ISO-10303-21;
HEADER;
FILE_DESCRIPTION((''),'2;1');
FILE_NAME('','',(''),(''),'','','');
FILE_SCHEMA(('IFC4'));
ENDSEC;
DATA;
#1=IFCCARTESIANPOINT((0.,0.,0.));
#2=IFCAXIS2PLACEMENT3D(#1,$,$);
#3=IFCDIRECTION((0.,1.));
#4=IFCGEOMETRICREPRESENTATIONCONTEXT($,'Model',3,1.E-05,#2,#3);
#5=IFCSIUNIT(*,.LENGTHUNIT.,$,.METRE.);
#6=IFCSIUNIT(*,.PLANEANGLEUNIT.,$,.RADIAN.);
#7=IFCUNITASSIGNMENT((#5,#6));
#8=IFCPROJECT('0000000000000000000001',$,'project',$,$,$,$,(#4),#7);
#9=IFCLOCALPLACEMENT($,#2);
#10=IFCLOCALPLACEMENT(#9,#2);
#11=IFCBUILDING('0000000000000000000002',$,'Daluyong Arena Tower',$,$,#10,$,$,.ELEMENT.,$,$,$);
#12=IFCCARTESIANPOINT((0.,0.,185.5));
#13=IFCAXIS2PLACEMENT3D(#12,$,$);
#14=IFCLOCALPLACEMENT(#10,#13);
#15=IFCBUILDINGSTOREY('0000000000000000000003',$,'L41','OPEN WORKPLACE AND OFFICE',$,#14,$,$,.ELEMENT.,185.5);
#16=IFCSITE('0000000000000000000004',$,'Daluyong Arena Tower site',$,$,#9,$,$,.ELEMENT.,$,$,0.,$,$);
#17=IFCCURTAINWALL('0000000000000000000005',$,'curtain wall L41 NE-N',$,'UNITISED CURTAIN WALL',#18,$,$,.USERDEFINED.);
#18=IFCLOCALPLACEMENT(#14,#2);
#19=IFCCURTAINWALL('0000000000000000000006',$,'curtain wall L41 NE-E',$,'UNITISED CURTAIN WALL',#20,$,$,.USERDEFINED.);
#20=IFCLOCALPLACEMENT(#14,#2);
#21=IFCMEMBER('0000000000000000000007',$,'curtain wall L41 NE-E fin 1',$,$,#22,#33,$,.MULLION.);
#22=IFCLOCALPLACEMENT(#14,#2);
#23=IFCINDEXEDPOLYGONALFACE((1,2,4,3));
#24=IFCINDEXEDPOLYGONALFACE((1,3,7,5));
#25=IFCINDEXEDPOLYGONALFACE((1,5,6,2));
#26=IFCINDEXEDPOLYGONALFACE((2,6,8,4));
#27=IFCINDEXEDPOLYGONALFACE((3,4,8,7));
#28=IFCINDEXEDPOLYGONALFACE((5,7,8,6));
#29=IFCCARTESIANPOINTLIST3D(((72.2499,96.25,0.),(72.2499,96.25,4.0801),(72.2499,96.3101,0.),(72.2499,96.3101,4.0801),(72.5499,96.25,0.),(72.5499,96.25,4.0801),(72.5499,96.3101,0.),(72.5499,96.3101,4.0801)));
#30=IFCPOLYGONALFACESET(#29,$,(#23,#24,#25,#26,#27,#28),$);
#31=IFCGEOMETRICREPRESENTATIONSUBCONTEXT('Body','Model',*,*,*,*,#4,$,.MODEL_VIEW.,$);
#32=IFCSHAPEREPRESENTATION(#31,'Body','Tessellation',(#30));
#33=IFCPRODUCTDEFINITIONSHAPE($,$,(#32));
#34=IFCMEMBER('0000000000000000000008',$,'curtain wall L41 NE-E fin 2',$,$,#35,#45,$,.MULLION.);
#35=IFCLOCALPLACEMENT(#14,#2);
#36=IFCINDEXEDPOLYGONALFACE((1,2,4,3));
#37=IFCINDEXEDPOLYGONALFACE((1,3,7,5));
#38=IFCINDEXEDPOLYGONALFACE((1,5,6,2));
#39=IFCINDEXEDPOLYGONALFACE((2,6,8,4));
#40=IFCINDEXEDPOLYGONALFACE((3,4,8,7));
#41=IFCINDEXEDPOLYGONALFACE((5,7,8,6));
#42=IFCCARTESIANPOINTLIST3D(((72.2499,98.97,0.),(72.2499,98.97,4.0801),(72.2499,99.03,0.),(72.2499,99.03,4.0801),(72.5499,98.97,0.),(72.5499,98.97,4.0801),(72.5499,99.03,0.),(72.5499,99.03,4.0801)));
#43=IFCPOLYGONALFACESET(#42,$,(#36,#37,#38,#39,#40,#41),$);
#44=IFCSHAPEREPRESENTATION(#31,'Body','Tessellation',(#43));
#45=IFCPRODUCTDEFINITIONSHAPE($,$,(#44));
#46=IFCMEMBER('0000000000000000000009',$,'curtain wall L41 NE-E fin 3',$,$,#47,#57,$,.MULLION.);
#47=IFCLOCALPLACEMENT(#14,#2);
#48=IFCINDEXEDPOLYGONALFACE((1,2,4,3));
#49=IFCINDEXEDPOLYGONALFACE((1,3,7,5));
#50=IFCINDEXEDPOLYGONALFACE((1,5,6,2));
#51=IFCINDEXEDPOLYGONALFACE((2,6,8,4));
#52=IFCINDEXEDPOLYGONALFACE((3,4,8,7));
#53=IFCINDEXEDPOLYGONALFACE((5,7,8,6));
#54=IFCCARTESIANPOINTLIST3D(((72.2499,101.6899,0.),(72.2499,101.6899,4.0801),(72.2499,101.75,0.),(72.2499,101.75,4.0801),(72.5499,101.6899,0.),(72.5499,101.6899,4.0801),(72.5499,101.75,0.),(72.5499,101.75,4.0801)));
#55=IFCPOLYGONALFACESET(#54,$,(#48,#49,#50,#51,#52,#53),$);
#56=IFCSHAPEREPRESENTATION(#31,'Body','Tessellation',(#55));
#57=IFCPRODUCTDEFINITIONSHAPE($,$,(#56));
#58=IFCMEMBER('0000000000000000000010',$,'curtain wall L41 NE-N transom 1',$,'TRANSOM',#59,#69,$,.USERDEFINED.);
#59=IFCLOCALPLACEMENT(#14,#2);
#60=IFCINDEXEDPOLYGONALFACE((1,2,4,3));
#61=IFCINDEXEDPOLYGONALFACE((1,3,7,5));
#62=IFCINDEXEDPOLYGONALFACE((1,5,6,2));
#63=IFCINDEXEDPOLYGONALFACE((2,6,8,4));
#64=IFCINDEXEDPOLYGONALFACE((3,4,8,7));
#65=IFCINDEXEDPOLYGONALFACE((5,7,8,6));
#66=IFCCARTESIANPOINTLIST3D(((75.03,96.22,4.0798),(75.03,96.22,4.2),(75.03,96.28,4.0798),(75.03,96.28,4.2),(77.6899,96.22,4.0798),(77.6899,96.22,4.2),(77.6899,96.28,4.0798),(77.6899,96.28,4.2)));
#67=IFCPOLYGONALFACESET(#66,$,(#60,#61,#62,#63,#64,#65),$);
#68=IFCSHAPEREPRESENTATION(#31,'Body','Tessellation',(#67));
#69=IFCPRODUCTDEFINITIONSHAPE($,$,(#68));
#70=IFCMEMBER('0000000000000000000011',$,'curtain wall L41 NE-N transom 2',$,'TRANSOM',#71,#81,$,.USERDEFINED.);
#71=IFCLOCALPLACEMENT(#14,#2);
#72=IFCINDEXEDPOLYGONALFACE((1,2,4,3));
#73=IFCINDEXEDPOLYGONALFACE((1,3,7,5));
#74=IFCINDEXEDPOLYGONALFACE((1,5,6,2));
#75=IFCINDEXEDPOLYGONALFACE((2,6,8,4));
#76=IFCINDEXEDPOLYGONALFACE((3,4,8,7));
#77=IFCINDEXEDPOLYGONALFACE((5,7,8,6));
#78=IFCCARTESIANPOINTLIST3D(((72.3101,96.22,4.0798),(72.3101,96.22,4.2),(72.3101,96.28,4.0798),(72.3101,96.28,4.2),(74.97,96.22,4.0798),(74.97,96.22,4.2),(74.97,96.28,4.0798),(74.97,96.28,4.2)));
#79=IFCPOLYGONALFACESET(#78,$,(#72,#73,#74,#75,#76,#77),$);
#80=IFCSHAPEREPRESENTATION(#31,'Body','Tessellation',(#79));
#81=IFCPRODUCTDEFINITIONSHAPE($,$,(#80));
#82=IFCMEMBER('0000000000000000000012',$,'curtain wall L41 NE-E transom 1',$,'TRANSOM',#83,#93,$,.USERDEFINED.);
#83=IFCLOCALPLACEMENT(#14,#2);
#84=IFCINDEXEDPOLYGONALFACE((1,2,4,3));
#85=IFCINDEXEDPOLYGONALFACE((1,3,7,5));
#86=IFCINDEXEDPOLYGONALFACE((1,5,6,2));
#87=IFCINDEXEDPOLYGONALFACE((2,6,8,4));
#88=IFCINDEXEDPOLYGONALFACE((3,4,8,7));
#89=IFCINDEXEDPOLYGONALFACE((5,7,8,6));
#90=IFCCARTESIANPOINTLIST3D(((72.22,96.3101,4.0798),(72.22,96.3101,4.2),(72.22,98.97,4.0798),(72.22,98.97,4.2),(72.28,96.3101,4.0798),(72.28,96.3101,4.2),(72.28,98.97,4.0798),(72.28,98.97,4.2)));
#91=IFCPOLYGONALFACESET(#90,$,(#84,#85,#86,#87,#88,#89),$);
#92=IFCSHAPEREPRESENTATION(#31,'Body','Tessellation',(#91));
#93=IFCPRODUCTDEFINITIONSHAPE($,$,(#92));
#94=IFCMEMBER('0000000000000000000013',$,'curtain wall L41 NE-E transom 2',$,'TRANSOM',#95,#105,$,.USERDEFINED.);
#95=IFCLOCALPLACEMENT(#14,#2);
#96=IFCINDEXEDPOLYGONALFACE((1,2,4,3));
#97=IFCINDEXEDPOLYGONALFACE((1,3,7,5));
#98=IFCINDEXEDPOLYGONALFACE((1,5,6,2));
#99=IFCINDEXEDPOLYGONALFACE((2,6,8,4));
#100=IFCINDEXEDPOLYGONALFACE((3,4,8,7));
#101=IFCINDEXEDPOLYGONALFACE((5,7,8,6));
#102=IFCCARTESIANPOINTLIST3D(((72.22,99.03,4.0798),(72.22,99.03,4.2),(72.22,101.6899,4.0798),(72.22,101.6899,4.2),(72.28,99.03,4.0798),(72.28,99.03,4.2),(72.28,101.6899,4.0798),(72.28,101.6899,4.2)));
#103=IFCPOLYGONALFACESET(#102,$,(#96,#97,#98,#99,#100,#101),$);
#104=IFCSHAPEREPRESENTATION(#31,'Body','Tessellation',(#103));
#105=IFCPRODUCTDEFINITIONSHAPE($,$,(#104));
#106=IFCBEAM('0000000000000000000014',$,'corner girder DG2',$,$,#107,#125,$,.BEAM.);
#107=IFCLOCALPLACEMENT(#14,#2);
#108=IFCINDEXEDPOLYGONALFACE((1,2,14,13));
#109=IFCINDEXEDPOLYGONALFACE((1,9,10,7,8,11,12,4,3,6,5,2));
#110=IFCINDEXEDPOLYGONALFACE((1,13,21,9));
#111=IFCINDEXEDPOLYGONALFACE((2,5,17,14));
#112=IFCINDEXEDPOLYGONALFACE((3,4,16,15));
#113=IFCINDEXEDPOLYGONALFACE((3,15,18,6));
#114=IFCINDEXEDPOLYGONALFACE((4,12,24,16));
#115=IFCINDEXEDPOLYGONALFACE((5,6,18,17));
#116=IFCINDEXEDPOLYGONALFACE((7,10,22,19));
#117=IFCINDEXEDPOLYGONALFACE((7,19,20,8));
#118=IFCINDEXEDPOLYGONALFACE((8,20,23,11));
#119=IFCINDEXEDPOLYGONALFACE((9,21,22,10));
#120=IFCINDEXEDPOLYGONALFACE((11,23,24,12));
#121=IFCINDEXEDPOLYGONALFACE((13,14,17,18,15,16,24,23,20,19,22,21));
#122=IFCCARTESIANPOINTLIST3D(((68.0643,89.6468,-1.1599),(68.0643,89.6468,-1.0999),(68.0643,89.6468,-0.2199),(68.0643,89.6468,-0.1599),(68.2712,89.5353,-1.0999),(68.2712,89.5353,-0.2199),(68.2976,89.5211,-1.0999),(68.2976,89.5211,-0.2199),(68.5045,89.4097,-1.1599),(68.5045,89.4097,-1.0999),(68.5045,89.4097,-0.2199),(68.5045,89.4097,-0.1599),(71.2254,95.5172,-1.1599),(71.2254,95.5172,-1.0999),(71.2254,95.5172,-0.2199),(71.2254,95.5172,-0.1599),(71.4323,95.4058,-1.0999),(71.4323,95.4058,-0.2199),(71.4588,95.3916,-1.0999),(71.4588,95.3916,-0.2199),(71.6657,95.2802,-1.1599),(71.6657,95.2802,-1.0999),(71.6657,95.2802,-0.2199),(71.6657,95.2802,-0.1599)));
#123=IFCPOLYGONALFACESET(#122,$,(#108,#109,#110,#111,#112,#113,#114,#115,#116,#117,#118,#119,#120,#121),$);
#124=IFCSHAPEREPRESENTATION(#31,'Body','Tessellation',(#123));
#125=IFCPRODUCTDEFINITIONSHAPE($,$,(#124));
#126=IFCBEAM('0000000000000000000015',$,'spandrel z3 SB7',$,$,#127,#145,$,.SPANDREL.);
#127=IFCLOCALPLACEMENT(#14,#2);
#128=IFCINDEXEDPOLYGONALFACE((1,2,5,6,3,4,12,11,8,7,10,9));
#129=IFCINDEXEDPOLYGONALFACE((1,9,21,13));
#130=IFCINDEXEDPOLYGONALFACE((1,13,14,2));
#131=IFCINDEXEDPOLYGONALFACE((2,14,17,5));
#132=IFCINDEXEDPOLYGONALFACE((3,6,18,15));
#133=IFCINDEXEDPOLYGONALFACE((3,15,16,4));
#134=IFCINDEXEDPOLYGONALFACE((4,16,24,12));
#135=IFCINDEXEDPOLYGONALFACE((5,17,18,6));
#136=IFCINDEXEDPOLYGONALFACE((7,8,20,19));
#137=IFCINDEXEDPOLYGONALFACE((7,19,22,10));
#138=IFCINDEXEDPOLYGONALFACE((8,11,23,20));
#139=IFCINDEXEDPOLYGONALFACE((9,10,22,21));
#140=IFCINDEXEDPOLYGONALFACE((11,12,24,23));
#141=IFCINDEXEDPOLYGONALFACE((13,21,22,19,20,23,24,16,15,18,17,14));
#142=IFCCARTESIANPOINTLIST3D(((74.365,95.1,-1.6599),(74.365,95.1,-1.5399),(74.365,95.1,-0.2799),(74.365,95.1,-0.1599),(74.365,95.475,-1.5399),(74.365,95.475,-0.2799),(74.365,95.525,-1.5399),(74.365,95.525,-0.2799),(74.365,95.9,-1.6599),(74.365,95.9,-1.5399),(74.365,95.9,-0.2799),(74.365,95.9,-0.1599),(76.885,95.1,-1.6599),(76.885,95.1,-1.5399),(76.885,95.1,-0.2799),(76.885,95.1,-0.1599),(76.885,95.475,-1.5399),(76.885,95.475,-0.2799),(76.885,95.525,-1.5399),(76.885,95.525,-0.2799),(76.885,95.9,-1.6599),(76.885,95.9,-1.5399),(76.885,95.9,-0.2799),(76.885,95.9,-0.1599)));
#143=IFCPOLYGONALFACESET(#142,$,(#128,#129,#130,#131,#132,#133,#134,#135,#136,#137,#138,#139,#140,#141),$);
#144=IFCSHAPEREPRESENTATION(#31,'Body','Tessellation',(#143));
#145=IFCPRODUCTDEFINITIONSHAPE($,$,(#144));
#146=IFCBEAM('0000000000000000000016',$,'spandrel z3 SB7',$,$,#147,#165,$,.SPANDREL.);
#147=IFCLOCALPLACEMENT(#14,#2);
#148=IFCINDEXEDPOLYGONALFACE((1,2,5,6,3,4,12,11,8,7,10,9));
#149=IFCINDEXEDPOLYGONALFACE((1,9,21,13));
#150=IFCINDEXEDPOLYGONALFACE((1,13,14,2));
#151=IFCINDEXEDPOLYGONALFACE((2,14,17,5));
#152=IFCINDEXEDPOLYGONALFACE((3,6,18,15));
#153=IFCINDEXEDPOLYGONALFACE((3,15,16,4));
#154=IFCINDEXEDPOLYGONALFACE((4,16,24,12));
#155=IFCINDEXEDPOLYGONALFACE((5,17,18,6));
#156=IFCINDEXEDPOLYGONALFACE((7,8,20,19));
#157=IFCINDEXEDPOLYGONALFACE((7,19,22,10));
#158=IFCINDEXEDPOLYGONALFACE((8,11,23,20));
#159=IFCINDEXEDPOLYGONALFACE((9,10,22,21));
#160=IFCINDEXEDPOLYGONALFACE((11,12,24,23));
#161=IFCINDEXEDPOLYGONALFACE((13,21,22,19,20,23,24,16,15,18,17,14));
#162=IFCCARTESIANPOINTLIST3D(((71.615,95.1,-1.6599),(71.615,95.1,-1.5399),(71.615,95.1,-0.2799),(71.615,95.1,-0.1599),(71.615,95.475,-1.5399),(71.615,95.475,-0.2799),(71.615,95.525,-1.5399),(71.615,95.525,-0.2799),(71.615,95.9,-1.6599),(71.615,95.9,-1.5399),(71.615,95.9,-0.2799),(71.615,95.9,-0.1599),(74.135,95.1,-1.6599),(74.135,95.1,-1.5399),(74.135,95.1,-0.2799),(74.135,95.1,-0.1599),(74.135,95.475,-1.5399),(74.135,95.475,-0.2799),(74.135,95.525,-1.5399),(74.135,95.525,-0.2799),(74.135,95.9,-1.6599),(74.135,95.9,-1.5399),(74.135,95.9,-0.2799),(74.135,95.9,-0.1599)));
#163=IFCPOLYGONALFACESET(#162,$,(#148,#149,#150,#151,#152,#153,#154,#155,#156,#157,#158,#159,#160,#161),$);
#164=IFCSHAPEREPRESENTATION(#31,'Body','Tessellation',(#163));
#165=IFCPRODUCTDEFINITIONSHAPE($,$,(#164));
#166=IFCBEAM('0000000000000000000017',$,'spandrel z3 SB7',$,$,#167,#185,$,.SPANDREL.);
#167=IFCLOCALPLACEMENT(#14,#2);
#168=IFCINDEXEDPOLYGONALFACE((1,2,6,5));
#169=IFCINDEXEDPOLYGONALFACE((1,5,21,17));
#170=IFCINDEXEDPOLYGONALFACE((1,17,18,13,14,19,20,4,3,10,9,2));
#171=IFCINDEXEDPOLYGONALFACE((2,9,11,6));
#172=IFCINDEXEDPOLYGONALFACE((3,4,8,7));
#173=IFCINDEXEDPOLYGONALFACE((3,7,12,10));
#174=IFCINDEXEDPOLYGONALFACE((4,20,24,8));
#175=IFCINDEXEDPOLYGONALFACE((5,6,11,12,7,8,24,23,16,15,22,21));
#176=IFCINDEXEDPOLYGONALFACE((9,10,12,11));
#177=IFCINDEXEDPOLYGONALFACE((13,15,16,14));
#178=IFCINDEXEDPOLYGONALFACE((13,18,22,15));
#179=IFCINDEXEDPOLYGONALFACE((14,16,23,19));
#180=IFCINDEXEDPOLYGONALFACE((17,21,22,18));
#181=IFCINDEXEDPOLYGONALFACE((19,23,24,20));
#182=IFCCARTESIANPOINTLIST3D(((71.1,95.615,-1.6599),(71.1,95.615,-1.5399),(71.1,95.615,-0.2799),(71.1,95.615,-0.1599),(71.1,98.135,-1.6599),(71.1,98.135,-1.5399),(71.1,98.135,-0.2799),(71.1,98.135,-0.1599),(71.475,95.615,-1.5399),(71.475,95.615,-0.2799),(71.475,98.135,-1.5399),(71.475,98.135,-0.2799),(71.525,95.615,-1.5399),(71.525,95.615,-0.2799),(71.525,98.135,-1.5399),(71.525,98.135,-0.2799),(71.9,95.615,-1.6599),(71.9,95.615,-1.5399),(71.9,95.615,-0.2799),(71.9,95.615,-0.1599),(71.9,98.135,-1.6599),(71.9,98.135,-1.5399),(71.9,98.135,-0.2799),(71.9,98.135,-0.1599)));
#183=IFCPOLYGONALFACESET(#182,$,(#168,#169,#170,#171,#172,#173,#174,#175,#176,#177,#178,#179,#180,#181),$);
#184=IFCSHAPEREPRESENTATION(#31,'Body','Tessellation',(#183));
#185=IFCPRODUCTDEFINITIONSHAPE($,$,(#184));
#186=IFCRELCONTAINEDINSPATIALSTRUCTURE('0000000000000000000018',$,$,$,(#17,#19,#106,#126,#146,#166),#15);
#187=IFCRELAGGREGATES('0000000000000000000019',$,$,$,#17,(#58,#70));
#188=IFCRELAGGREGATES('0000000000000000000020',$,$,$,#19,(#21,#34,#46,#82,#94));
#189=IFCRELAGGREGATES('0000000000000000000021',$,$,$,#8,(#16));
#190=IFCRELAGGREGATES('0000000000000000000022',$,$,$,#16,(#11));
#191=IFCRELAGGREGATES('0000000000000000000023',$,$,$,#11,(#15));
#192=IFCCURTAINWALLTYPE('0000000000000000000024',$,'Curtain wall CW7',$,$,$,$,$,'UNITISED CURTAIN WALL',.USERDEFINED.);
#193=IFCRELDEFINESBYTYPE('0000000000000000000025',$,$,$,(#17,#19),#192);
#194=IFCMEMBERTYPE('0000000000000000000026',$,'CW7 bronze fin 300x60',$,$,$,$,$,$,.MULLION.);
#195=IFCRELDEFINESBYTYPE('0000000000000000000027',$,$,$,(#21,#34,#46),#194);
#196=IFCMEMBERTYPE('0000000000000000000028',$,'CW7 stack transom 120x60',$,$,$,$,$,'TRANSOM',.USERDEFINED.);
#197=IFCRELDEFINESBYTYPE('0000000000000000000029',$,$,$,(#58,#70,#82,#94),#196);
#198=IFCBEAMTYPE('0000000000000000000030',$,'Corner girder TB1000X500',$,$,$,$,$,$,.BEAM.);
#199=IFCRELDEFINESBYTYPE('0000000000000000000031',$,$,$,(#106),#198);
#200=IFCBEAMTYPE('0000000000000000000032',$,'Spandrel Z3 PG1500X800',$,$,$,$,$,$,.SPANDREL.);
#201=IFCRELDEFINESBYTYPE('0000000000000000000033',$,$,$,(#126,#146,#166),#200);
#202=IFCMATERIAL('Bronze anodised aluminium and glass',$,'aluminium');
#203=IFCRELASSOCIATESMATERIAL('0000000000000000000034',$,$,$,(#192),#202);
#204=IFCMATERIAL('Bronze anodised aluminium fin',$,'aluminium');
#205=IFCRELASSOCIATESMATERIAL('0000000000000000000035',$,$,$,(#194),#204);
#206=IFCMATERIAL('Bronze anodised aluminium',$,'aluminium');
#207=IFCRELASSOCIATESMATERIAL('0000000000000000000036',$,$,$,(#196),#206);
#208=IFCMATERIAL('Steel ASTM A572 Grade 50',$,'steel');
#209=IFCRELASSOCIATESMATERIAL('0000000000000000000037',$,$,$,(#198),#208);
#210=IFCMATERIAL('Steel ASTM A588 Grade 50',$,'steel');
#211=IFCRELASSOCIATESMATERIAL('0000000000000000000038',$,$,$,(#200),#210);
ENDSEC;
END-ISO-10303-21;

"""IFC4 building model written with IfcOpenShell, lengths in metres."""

from ifc_helpers import new_model, si_unit, direction, frame, origin, origin_2d, place, context, subcontext, project, spatial, rectangle, i_section, extrude, material, material_profile, profile_set, type_object, element, aggregate, save


model = new_model("IFC4")

# Units and contexts
model_context = context("Model", 3, precision=1e-05, world=origin(), true_north=direction((0.0, 1.0)))
body_context = subcontext(model_context, "Body", "Model", "MODEL_VIEW")
ifc_project = project(units=[si_unit("LENGTHUNIT", "METRE"), si_unit("PLANEANGLEUNIT", "RADIAN")], contexts=[model_context])

# Site, building, storey
site_placement = place(None, origin())
site = spatial("IfcSite", under=ifc_project, at=site_placement, Name="Daluyong Arena Tower site", CompositionType="ELEMENT", RefElevation=0.0)
building_placement = place(site_placement, origin())
building = spatial("IfcBuilding", under=site, at=building_placement, Name="Daluyong Arena Tower", CompositionType="ELEMENT")
storey_placement = place(building_placement, frame((0.0, 0.0, 185.5)))
storey = spatial("IfcBuildingStorey", under=building, at=storey_placement, Name="L41", Description="OPEN WORKPLACE AND OFFICE", CompositionType="ELEMENT", Elevation=185.5)

# Curtain walls, members
ifc_material_1 = material(Name="Bronze anodised aluminium and glass", Category="aluminium")
curtain_wall_type_1 = type_object("IfcCurtainWallType", Name="Curtain wall CW7", ElementType="UNITISED CURTAIN WALL", PredefinedType="USERDEFINED", material=ifc_material_1)
curtain_wall_1_placement = place(storey_placement, origin())
curtain_wall_1 = element("IfcCurtainWall", 1, at=curtain_wall_1_placement, inside=storey, type_object=curtain_wall_type_1, Name="curtain wall L41 NE-N", ObjectType="UNITISED CURTAIN WALL", PredefinedType="USERDEFINED")
ifc_material_2 = material(Name="Bronze anodised aluminium fin", Category="aluminium")
ifc_material_profile_1 = material_profile(ifc_material_2, rectangle(XDim=0.3, YDim=0.0601, at=origin_2d()))
ifc_profile_set_1 = profile_set([ifc_material_profile_1], Name="Bronze anodised aluminium fin")
member_type_1 = type_object("IfcMemberType", Name="CW7 bronze fin 300x60", PredefinedType="MULLION", material=ifc_profile_set_1)
curtain_wall_2_placement = place(storey_placement, origin())
curtain_wall_2 = element("IfcCurtainWall", 2, at=curtain_wall_2_placement, inside=storey, type_object=curtain_wall_type_1, Name="curtain wall L41 NE-E", ObjectType="UNITISED CURTAIN WALL", PredefinedType="USERDEFINED")
member_1_placement = place(storey_placement, frame((72.3999, 96.28, 0.0), z_axis=(0.0, 0.0, 1.0), x_axis=(-1.0, 0.0, 0.0)))
member_1 = element("IfcMember", 3, at=member_1_placement, type_object=member_type_1, Name="curtain wall L41 NE-E fin 1", PredefinedType="MULLION", context=body_context, shape_type="SweptSolid", body=[
    extrude(rectangle(XDim=0.3, YDim=0.0601, at=origin_2d()), origin(), (0.0, 0.0, 1.0), 4.0801),
])
member_2_placement = place(storey_placement, frame((72.3999, 99.0, 0.0), z_axis=(0.0, 0.0, 1.0), x_axis=(-1.0, 0.0, 0.0)))
member_2 = element("IfcMember", 4, at=member_2_placement, type_object=member_type_1, Name="curtain wall L41 NE-E fin 2", PredefinedType="MULLION", context=body_context, shape_type="SweptSolid", body=[
    extrude(rectangle(XDim=0.3, YDim=0.0601, at=origin_2d()), origin(), (0.0, 0.0, 1.0), 4.0801),
])
member_3_placement = place(storey_placement, frame((72.3999, 101.72, 0.0), z_axis=(0.0, 0.0, 1.0), x_axis=(-1.0, 0.0, 0.0)))
member_3 = element("IfcMember", 5, at=member_3_placement, type_object=member_type_1, Name="curtain wall L41 NE-E fin 3", PredefinedType="MULLION", context=body_context, shape_type="SweptSolid", body=[
    extrude(rectangle(XDim=0.3, YDim=0.0601, at=origin_2d()), origin(), (0.0, 0.0, 1.0), 4.0801),
])

# Members
ifc_material_3 = material(Name="Bronze anodised aluminium", Category="aluminium")
ifc_material_profile_2 = material_profile(ifc_material_3, rectangle(XDim=0.0601, YDim=0.1201, at=origin_2d()))
ifc_profile_set_2 = profile_set([ifc_material_profile_2], Name="Bronze anodised aluminium")
member_type_2 = type_object("IfcMemberType", Name="CW7 stack transom 120x60", ElementType="TRANSOM", PredefinedType="USERDEFINED", material=ifc_profile_set_2)
member_4_placement = place(storey_placement, frame((77.6899, 96.25, 4.1399), z_axis=(-1.0, 0.0, 0.0), x_axis=(0.0, -1.0, 0.0)))
member_4 = element("IfcMember", 6, at=member_4_placement, type_object=member_type_2, Name="curtain wall L41 NE-N transom 1", ObjectType="TRANSOM", PredefinedType="USERDEFINED", context=body_context, shape_type="SweptSolid", body=[
    extrude(rectangle(XDim=0.0601, YDim=0.1201, at=origin_2d()), origin(), (0.0, 0.0, 1.0), 2.6599),
])
member_5_placement = place(storey_placement, frame((74.97, 96.25, 4.1399), z_axis=(-1.0, 0.0, 0.0), x_axis=(0.0, -1.0, 0.0)))
member_5 = element("IfcMember", 7, at=member_5_placement, type_object=member_type_2, Name="curtain wall L41 NE-N transom 2", ObjectType="TRANSOM", PredefinedType="USERDEFINED", context=body_context, shape_type="SweptSolid", body=[
    extrude(rectangle(XDim=0.0601, YDim=0.1201, at=origin_2d()), origin(), (0.0, 0.0, 1.0), 2.6599),
])
member_6_placement = place(storey_placement, frame((72.25, 96.3101, 4.1399), z_axis=(0.0, 1.0, 0.0), x_axis=(-1.0, 0.0, 0.0)))
member_6 = element("IfcMember", 8, at=member_6_placement, type_object=member_type_2, Name="curtain wall L41 NE-E transom 1", ObjectType="TRANSOM", PredefinedType="USERDEFINED", context=body_context, shape_type="SweptSolid", body=[
    extrude(rectangle(XDim=0.0601, YDim=0.1201, at=origin_2d()), origin(), (0.0, 0.0, 1.0), 2.6599),
])
member_7_placement = place(storey_placement, frame((72.25, 99.03, 4.1399), z_axis=(0.0, 1.0, 0.0), x_axis=(-1.0, 0.0, 0.0)))
member_7 = element("IfcMember", 9, at=member_7_placement, type_object=member_type_2, Name="curtain wall L41 NE-E transom 2", ObjectType="TRANSOM", PredefinedType="USERDEFINED", context=body_context, shape_type="SweptSolid", body=[
    extrude(rectangle(XDim=0.0601, YDim=0.1201, at=origin_2d()), origin(), (0.0, 0.0, 1.0), 2.6599),
])

# Beams
ifc_material_4 = material(Name="Steel ASTM A572 Grade 50", Category="steel")
ifc_material_profile_3 = material_profile(ifc_material_4, i_section(OverallWidth=0.5, OverallDepth=1.0, WebThickness=0.03, FlangeThickness=0.06, at=origin_2d()))
ifc_profile_set_3 = profile_set([ifc_material_profile_3], Name="Steel ASTM A572 Grade 50")
beam_type_1 = type_object("IfcBeamType", Name="Corner girder TB1000X500", PredefinedType="BEAM", material=ifc_profile_set_3)
beam_1_placement = place(storey_placement, frame((71.4456, 95.3987, -0.6599), z_axis=(-0.474119, -0.880461, 0.0), x_axis=(0.880461, -0.474119, 0.0)))
element("IfcBeam", 10, at=beam_1_placement, inside=storey, type_object=beam_type_1, Name="corner girder DG2", PredefinedType="BEAM", context=body_context, shape_type="SweptSolid", body=[
    extrude(i_section(OverallWidth=0.5, OverallDepth=1.0, WebThickness=0.03, FlangeThickness=0.06, at=origin_2d()), origin(), (0.0, 0.0, 1.0), 6.6675),
])
ifc_material_5 = material(Name="Steel ASTM A588 Grade 50", Category="steel")
ifc_material_profile_4 = material_profile(ifc_material_5, i_section(OverallWidth=0.8, OverallDepth=1.5, WebThickness=0.05, FlangeThickness=0.12, at=origin_2d()))
ifc_profile_set_4 = profile_set([ifc_material_profile_4], Name="Steel ASTM A588 Grade 50")
beam_type_2 = type_object("IfcBeamType", Name="Spandrel Z3 PG1500X800", PredefinedType="SPANDREL", material=ifc_profile_set_4)
for number, where, z_axis, x_axis, name in (
    (11, (76.885, 95.5, -0.9099), (-1.0, 0.0, 0.0), (0.0, -1.0, 0.0), "spandrel z3 SB7"),
    (12, (74.135, 95.5, -0.9099), (-1.0, 0.0, 0.0), (0.0, -1.0, 0.0), "spandrel z3 SB7"),
    (13, (71.5, 95.615, -0.9099), (0.0, 1.0, 0.0), (-1.0, 0.0, 0.0), "spandrel z3 SB7"),
):
    element("IfcBeam", number, at=place(storey_placement, frame(where, z_axis=z_axis, x_axis=x_axis)), inside=storey, type_object=beam_type_2, Name=name, PredefinedType="SPANDREL", context=body_context, shape_type="SweptSolid", body=[
        extrude(i_section(OverallWidth=0.8, OverallDepth=1.5, WebThickness=0.05, FlangeThickness=0.12, at=origin_2d()), origin(), (0.0, 0.0, 1.0), 2.52),
    ])

aggregate(curtain_wall_1, [member_4, member_5])
aggregate(curtain_wall_2, [member_1, member_2, member_3, member_6, member_7])

save(model, "model.ifc")
